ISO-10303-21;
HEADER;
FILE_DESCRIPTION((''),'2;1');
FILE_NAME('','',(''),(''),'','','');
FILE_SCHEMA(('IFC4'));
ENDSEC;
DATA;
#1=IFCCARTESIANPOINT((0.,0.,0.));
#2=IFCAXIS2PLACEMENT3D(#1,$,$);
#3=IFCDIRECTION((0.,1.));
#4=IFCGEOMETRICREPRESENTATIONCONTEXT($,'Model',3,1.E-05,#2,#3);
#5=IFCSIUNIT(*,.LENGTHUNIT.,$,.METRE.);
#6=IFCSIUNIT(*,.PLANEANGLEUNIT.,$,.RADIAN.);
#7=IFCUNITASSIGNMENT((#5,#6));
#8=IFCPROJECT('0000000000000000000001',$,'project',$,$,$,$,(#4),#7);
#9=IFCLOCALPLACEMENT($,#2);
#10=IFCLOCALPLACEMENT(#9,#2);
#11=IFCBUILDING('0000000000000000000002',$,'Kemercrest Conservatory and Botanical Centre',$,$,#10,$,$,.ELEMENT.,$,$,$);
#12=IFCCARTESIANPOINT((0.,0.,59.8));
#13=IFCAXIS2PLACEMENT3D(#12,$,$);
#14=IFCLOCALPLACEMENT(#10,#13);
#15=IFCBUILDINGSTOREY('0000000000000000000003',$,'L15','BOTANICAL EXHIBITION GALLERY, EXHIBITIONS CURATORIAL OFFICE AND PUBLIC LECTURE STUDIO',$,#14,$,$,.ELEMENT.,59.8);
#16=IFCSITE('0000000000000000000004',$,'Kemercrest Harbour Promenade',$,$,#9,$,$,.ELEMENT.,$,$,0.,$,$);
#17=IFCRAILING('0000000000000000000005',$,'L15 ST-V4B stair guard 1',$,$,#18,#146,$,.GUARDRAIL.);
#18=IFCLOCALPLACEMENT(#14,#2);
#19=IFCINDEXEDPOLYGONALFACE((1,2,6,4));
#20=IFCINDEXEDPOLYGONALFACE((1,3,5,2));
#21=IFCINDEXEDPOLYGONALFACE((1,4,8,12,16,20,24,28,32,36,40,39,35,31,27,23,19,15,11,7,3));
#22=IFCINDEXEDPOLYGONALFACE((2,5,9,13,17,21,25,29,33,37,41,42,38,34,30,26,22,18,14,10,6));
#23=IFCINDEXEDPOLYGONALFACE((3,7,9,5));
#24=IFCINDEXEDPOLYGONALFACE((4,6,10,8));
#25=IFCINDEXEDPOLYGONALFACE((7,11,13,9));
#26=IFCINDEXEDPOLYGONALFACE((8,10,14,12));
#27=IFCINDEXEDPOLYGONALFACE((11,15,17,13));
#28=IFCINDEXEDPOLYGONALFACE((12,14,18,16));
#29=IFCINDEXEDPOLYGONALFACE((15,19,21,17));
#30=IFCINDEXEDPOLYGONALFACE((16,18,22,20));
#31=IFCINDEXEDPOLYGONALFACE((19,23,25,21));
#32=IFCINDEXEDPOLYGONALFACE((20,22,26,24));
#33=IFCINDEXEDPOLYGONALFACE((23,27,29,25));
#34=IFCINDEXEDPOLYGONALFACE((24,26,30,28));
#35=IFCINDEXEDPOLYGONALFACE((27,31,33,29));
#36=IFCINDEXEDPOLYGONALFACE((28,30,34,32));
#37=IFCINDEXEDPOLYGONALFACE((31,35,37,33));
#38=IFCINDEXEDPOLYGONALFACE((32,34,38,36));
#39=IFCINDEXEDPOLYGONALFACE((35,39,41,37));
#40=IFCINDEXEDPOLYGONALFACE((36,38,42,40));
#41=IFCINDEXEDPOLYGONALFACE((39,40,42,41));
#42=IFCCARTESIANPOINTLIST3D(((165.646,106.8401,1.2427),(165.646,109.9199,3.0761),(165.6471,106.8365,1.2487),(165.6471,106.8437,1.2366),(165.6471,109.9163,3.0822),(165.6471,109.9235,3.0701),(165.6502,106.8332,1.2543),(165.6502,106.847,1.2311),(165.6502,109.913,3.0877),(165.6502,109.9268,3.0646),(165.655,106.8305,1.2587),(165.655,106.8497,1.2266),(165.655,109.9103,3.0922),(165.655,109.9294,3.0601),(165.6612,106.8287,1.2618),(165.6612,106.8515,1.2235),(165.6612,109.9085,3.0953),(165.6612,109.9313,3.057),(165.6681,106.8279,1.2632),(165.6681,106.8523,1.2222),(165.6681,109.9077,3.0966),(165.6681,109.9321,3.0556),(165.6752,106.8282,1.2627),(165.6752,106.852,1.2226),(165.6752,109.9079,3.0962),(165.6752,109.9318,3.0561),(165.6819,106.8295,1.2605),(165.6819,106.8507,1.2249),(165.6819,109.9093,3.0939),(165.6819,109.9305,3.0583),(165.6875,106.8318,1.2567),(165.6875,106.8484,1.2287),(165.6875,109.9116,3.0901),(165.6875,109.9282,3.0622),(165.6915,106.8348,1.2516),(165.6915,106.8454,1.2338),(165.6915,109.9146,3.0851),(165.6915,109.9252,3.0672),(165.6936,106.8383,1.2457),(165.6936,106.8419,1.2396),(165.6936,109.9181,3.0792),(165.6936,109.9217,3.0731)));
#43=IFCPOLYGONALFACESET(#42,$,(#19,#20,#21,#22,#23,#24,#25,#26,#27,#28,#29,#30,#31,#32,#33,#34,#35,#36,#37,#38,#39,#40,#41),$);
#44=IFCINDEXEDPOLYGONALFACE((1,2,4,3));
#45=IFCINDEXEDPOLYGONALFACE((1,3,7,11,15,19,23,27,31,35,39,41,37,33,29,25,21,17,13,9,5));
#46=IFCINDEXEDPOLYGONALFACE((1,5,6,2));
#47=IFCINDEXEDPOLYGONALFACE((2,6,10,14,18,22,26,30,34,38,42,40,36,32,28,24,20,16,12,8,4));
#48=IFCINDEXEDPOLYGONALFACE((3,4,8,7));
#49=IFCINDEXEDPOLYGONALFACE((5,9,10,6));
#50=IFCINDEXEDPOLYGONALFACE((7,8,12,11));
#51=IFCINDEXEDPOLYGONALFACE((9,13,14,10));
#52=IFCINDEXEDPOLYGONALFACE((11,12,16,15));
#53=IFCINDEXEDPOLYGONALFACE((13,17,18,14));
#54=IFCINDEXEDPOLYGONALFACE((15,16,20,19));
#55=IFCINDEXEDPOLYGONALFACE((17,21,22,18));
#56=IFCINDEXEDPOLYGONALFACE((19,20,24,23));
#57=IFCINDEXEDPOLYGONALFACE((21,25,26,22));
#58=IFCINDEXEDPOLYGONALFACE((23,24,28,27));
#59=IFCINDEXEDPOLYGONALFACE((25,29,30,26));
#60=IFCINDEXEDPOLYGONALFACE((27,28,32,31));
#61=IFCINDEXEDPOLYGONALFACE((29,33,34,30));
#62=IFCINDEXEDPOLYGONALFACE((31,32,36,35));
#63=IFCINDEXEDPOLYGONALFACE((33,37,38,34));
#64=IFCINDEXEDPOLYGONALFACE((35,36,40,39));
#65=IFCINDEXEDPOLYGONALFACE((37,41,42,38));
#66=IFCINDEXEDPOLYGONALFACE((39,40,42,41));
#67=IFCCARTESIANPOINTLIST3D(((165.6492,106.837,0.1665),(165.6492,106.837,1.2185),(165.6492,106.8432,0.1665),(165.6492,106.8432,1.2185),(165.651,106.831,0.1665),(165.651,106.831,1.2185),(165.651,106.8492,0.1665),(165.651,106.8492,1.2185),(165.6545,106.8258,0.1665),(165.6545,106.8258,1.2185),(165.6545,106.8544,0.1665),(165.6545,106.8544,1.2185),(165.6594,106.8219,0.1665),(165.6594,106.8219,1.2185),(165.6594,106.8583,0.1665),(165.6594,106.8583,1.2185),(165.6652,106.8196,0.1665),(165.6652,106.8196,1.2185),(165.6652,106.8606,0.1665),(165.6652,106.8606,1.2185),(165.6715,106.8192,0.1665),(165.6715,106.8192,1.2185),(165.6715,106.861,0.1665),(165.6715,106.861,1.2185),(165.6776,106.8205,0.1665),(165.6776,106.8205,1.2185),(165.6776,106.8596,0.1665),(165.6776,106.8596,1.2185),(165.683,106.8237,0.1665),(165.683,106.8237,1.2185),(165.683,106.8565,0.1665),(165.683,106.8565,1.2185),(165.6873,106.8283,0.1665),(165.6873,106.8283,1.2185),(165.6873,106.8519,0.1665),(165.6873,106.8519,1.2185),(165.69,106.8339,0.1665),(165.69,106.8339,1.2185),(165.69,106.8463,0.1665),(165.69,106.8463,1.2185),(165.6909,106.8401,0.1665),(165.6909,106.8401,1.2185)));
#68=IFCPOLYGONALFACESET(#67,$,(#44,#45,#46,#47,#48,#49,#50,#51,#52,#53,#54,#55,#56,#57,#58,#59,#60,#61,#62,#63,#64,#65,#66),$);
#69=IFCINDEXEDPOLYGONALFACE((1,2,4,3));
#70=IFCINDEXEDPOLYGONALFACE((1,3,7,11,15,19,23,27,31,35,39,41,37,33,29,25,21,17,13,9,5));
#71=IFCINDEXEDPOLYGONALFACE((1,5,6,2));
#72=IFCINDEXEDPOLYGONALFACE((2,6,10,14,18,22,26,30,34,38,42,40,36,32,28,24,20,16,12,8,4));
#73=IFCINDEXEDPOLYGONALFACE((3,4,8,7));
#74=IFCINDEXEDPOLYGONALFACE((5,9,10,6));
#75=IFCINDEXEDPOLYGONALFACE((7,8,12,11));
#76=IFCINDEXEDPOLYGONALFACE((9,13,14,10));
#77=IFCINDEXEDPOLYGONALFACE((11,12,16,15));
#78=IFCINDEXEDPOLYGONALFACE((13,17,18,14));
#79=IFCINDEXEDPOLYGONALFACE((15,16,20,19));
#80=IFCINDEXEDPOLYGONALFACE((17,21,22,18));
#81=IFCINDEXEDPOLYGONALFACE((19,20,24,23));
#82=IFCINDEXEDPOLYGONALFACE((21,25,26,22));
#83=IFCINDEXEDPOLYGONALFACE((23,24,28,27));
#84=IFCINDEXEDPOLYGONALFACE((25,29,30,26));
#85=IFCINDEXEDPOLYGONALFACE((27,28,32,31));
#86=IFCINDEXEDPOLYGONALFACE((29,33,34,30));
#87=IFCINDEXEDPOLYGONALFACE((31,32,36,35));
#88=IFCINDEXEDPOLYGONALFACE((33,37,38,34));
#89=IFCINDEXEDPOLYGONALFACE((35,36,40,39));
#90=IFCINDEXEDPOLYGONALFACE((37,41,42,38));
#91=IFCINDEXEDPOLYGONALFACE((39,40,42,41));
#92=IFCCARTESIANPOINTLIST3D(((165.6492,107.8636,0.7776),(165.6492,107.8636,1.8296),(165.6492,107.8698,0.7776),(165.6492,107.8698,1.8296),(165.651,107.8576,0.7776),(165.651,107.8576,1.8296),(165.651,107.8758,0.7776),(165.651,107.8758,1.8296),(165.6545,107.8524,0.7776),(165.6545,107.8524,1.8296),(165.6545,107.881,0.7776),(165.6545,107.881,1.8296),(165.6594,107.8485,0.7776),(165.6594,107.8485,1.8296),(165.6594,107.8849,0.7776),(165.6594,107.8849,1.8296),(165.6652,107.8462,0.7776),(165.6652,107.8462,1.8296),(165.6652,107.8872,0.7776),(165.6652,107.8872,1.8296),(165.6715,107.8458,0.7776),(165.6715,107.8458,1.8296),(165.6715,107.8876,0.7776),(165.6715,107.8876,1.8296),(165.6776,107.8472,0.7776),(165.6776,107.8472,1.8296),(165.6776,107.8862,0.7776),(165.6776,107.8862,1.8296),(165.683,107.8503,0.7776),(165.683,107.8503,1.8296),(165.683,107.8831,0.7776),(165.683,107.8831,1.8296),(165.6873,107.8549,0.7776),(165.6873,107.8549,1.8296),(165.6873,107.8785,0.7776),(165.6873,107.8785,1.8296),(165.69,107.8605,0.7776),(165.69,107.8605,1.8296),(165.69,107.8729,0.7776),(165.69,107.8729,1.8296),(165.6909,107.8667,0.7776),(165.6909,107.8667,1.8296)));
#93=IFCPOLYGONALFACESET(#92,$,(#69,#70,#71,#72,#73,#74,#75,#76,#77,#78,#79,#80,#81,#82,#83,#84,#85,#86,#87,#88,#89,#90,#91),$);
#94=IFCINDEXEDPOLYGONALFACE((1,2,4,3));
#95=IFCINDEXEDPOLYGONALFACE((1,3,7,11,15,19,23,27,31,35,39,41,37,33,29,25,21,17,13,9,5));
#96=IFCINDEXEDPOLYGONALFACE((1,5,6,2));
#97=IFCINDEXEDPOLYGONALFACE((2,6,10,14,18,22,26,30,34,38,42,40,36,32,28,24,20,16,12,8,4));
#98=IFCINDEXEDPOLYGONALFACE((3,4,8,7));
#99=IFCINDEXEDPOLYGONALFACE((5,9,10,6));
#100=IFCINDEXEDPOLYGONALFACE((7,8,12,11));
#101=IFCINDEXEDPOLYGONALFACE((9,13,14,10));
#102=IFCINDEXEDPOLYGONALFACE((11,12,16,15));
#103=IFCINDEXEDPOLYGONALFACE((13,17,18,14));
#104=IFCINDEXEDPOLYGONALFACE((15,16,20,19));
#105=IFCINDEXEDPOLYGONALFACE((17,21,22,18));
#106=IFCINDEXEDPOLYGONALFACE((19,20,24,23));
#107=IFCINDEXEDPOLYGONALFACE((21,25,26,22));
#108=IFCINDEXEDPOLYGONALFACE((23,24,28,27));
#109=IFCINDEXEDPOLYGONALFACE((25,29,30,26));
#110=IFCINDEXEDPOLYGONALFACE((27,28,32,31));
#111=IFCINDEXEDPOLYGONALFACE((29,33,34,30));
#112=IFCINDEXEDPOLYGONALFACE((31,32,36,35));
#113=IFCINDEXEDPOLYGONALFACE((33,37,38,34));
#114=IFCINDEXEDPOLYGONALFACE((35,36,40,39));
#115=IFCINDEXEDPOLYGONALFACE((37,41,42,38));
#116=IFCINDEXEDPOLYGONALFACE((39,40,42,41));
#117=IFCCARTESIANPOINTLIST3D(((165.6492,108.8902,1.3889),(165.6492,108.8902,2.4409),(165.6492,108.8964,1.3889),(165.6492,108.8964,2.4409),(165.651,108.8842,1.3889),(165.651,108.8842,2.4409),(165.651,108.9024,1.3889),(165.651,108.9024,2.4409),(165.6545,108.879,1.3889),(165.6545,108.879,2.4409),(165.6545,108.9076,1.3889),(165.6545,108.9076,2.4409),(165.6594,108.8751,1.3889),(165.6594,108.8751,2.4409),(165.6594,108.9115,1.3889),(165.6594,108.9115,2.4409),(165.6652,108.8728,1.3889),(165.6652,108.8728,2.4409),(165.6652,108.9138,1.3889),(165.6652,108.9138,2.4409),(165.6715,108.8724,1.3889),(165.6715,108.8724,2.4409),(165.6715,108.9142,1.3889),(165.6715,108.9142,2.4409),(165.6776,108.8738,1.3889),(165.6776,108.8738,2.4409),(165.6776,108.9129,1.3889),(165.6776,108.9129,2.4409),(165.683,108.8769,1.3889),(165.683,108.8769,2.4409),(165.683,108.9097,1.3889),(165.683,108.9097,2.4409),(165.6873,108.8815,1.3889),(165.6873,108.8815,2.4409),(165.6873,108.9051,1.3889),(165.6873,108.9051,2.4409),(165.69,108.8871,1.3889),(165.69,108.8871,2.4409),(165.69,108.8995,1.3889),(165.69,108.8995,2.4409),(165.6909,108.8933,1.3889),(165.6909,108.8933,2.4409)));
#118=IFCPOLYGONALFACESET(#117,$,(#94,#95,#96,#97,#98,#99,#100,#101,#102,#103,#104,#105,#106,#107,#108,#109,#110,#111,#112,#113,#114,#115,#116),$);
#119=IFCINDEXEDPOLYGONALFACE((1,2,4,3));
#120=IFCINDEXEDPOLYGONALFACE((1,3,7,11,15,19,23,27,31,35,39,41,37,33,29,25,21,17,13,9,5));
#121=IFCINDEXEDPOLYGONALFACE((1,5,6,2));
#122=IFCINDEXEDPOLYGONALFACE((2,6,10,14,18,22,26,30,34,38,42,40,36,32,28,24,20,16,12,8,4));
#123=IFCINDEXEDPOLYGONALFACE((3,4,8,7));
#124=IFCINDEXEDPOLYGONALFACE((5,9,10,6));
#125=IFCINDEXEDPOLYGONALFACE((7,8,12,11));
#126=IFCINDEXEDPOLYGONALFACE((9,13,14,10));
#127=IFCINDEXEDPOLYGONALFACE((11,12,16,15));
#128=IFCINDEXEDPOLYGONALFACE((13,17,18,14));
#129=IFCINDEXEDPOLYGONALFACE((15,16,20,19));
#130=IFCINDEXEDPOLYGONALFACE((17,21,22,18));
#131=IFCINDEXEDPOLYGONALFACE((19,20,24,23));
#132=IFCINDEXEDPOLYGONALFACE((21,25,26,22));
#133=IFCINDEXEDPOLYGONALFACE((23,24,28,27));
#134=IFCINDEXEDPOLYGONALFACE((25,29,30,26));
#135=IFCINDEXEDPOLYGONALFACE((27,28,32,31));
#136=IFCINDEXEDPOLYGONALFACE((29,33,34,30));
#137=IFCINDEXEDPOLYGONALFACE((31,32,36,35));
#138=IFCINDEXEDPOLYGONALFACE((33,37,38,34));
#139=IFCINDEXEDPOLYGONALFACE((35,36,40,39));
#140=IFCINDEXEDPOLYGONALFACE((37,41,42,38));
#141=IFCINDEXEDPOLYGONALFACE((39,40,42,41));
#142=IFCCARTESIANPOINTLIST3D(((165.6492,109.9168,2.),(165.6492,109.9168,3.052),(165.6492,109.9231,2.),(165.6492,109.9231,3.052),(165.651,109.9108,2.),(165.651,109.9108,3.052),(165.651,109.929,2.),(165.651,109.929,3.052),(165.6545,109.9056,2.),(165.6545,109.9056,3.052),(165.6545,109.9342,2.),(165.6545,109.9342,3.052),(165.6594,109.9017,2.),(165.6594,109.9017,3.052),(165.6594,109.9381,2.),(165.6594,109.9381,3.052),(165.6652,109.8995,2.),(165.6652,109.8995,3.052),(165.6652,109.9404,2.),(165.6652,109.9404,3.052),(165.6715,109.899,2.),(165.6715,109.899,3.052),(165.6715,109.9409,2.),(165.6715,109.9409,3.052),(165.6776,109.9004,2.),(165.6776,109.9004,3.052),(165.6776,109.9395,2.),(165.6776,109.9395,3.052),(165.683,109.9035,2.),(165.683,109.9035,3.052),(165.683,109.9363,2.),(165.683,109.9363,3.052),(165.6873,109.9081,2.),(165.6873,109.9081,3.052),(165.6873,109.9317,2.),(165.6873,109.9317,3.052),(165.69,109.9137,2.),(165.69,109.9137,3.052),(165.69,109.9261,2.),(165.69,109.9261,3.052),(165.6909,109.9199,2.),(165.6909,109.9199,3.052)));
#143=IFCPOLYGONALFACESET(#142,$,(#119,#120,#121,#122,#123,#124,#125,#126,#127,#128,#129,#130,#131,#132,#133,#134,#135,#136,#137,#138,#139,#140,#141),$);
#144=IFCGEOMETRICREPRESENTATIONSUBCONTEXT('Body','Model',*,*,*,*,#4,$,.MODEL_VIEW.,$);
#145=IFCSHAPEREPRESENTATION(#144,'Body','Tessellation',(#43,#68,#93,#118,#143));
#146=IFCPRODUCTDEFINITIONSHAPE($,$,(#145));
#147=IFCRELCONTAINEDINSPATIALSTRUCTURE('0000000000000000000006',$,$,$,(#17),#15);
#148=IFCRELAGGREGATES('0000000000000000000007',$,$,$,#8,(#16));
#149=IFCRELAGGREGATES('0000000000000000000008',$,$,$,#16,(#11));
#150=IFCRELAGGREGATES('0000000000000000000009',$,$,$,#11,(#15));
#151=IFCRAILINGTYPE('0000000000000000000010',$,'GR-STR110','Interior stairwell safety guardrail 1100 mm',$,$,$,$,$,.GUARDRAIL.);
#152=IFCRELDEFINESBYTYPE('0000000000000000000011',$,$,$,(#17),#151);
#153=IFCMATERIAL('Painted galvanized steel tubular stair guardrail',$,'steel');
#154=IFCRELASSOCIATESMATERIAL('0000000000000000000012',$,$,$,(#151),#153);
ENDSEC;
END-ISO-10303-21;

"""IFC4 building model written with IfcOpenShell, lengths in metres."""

from ifc_helpers import new_model, si_unit, direction, frame, origin, origin_2d, place, context, subcontext, project, spatial, circle, extrude, material, type_object, element, save


model = new_model("IFC4")

# Units and contexts
model_context = context("Model", 3, precision=1e-05, world=origin(), true_north=direction((0.0, 1.0)))
body_context = subcontext(model_context, "Body", "Model", "MODEL_VIEW")
ifc_project = project(units=[si_unit("LENGTHUNIT", "METRE"), si_unit("PLANEANGLEUNIT", "RADIAN")], contexts=[model_context])

# Site, building, storey
site_placement = place(None, origin())
site = spatial("IfcSite", under=ifc_project, at=site_placement, Name="Kemercrest Harbour Promenade", CompositionType="ELEMENT", RefElevation=0.0)
building_placement = place(site_placement, origin())
building = spatial("IfcBuilding", under=site, at=building_placement, Name="Kemercrest Conservatory and Botanical Centre", CompositionType="ELEMENT")
storey_placement = place(building_placement, frame((0.0, 0.0, 59.8)))
storey = spatial("IfcBuildingStorey", under=building, at=storey_placement, Name="L15", Description="BOTANICAL EXHIBITION GALLERY, EXHIBITIONS CURATORIAL OFFICE AND PUBLIC LECTURE STUDIO", CompositionType="ELEMENT", Elevation=59.8)

# Railing
ifc_material_1 = material(Name="Painted galvanized steel tubular stair guardrail", Category="steel")
railing_type_1 = type_object("IfcRailingType", Name="GR-STR110", Description="Interior stairwell safety guardrail 1100 mm", PredefinedType="GUARDRAIL", material=ifc_material_1)
railing_1_placement = place(storey_placement, frame((165.6699, 106.8401, 0.1665)))
element("IfcRailing", 1, at=railing_1_placement, inside=storey, type_object=railing_type_1, Name="L15 ST-V4B stair guard 1", PredefinedType="GUARDRAIL", context=body_context, shape_type="SweptSolid", body=[
    extrude(circle(Radius=0.0239, at=origin_2d()), frame((0.0, 0.0, 1.0762), z_axis=(0.0, 0.859261, 0.511538), x_axis=(-1.0, 0.0, 0.0)), (0.0, 0.0, 1.0), 3.5842),
    extrude(circle(Radius=0.021, at=origin_2d()), origin(), (0.0, 0.0, 1.0), 1.052),
    extrude(circle(Radius=0.021, at=origin_2d()), frame((0.0, 1.0266, 0.6111)), (0.0, 0.0, 1.0), 1.052),
    extrude(circle(Radius=0.021, at=origin_2d()), frame((0.0, 2.0532, 1.2224)), (0.0, 0.0, 1.0), 1.052),
    extrude(circle(Radius=0.021, at=origin_2d()), frame((0.0, 3.0798, 1.8335)), (0.0, 0.0, 1.0), 1.052),
])

save(model, "model.ifc")
